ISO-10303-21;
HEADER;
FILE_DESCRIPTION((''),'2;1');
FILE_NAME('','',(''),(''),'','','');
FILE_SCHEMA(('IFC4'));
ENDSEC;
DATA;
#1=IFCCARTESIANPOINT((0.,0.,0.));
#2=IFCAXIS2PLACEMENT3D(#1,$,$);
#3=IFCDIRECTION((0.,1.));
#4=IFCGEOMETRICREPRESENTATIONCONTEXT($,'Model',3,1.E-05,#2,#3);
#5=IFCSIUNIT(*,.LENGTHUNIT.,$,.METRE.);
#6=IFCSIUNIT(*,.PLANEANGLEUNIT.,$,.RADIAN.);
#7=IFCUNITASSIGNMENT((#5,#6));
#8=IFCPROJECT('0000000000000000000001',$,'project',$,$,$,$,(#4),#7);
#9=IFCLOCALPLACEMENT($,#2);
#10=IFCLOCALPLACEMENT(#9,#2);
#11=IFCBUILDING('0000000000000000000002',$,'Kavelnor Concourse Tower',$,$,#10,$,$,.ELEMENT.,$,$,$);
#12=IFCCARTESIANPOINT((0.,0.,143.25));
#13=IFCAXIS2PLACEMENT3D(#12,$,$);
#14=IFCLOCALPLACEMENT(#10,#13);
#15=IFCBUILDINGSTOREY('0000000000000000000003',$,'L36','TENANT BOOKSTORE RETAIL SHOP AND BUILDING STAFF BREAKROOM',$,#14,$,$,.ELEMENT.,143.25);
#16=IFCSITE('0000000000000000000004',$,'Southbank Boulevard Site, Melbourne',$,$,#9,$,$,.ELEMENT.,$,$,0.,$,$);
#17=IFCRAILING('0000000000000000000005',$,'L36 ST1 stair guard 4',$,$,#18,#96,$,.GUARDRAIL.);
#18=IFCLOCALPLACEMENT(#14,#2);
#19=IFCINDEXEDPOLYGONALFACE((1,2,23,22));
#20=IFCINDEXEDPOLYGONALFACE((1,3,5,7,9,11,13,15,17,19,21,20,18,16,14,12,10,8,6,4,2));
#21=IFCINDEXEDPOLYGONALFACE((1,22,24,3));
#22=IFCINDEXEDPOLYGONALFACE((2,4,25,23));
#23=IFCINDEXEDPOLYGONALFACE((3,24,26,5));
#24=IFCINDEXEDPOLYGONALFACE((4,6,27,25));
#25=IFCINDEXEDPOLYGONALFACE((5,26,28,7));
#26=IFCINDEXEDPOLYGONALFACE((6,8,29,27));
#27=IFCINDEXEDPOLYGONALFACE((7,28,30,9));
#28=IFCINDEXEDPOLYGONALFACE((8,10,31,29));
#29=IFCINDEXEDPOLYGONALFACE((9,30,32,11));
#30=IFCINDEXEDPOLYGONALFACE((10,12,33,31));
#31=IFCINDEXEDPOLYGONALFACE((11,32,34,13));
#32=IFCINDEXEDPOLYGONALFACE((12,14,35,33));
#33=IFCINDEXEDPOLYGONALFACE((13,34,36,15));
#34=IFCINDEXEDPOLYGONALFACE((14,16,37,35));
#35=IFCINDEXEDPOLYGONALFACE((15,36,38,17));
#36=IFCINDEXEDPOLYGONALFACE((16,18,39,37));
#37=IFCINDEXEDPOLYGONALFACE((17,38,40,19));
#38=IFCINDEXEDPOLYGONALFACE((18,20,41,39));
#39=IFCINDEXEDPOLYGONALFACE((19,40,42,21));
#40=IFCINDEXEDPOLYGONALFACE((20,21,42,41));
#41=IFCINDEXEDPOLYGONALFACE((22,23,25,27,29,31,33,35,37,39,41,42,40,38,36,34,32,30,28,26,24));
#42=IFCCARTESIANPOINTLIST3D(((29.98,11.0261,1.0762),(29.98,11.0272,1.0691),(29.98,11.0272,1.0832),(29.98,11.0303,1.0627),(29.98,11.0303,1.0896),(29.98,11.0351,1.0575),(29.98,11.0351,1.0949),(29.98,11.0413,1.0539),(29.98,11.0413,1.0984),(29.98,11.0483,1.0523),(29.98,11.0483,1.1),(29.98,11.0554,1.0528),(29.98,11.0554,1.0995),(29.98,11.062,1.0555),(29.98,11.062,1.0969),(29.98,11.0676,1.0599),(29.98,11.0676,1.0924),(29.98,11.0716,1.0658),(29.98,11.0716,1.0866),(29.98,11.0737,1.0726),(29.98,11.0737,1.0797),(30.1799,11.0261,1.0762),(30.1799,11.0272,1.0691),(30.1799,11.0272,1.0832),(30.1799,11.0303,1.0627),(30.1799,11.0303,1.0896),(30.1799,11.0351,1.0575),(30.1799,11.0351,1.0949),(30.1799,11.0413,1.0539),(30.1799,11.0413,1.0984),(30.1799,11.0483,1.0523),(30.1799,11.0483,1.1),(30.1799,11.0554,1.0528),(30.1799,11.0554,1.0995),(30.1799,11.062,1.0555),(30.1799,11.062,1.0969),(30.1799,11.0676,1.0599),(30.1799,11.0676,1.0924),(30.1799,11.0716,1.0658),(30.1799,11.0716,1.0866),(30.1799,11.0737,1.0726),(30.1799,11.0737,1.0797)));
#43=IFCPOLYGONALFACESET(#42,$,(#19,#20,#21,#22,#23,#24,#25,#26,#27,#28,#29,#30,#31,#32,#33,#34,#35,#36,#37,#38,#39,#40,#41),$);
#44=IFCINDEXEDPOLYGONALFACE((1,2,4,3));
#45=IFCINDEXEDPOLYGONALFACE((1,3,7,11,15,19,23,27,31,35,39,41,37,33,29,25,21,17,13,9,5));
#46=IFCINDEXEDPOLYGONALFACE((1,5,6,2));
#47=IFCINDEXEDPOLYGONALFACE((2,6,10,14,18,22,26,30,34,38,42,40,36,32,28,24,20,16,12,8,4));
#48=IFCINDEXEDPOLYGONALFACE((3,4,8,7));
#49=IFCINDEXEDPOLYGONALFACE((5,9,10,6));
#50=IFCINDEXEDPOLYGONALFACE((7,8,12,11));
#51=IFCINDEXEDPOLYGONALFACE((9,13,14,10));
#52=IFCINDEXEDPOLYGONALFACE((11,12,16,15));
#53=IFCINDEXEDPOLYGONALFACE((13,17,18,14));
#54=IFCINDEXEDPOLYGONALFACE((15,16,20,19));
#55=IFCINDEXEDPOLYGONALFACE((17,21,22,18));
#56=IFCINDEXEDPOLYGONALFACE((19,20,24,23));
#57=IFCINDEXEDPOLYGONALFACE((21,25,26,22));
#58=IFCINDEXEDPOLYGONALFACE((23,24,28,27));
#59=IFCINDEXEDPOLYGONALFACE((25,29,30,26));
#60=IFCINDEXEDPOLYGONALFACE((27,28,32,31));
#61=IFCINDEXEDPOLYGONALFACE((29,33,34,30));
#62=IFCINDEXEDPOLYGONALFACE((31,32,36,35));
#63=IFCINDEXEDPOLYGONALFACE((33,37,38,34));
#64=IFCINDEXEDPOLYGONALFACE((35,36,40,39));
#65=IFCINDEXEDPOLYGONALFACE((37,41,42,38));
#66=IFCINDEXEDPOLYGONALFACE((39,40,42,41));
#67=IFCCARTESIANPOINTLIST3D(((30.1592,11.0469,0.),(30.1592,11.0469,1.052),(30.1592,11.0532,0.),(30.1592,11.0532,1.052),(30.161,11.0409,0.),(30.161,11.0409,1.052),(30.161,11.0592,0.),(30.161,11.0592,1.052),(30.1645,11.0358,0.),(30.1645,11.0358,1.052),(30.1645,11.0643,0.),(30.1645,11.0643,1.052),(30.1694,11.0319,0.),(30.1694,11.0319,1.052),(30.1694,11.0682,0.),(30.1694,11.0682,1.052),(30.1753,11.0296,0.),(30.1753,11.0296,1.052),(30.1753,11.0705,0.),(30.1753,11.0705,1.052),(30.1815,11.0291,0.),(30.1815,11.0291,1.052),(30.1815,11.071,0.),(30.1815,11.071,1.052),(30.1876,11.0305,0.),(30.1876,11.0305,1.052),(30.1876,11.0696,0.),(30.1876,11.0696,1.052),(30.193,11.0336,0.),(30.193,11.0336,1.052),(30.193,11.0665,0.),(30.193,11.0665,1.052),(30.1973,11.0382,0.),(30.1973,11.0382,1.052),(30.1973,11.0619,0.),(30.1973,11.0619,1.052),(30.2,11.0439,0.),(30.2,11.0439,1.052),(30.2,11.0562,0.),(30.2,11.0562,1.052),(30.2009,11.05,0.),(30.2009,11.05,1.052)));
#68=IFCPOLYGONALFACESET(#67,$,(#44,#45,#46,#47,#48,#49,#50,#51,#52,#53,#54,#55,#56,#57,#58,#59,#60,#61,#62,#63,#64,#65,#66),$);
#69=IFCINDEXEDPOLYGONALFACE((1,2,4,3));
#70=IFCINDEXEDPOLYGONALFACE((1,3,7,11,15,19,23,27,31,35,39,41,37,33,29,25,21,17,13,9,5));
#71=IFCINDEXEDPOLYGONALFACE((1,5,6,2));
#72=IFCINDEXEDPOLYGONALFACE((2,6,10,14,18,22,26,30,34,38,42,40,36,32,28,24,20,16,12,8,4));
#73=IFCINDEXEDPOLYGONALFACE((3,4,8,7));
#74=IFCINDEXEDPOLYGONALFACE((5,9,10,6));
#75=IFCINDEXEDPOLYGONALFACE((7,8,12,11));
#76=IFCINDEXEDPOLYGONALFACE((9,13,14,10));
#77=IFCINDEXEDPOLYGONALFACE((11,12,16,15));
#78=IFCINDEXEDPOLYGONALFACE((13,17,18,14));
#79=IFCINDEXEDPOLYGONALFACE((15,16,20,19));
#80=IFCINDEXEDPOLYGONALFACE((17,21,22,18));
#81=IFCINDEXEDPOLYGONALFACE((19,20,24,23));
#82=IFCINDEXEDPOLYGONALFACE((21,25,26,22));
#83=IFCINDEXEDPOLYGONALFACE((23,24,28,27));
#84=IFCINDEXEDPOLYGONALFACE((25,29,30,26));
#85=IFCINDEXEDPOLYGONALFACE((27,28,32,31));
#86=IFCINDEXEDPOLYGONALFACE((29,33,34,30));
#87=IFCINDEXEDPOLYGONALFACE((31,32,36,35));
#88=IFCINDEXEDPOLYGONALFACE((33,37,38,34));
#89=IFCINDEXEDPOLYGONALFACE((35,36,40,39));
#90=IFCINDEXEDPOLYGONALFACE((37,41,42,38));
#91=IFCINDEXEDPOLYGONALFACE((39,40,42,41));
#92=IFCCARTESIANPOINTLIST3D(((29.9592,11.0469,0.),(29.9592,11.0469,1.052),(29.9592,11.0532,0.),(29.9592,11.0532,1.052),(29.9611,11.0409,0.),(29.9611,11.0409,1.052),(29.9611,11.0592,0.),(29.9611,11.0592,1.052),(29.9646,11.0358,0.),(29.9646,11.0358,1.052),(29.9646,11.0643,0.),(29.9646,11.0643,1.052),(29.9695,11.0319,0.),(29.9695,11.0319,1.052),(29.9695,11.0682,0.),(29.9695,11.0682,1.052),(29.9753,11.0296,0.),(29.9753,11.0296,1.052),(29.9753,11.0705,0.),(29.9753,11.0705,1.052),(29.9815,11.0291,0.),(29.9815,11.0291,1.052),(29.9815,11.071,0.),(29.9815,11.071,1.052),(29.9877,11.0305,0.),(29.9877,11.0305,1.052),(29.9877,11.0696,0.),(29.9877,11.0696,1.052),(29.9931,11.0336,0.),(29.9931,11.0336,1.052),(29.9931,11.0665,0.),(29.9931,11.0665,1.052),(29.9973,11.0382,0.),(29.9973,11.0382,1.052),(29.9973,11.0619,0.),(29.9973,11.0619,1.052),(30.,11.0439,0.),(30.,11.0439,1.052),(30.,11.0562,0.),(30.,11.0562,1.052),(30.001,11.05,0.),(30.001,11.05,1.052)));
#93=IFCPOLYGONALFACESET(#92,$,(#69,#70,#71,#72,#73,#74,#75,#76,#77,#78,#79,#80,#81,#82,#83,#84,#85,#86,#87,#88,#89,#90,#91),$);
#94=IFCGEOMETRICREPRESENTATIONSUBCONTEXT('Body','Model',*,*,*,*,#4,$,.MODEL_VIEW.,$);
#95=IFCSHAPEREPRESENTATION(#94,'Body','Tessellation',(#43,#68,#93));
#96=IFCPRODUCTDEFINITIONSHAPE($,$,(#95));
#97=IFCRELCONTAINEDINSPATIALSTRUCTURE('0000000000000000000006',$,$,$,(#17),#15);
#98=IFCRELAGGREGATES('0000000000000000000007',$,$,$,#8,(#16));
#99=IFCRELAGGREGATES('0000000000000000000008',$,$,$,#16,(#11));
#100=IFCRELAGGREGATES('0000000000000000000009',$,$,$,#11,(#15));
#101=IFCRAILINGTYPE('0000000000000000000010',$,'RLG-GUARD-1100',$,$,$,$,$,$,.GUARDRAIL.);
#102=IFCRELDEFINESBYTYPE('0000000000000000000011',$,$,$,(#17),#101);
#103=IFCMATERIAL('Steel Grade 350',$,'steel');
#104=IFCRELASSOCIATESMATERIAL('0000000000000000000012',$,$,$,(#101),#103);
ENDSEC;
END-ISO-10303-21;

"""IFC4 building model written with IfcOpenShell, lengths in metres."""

from ifc_helpers import new_model, si_unit, direction, frame, origin, origin_2d, place, context, subcontext, project, spatial, circle, extrude, material, type_object, element, save


model = new_model("IFC4")

# Units and contexts
model_context = context("Model", 3, precision=1e-05, world=origin(), true_north=direction((0.0, 1.0)))
body_context = subcontext(model_context, "Body", "Model", "MODEL_VIEW")
ifc_project = project(units=[si_unit("LENGTHUNIT", "METRE"), si_unit("PLANEANGLEUNIT", "RADIAN")], contexts=[model_context])

# Site, building, storey
site_placement = place(None, origin())
site = spatial("IfcSite", under=ifc_project, at=site_placement, Name="Southbank Boulevard Site, Melbourne", CompositionType="ELEMENT", RefElevation=0.0)
building_placement = place(site_placement, origin())
building = spatial("IfcBuilding", under=site, at=building_placement, Name="Kavelnor Concourse Tower", CompositionType="ELEMENT")
storey_placement = place(building_placement, frame((0.0, 0.0, 143.25)))
storey = spatial("IfcBuildingStorey", under=building, at=storey_placement, Name="L36", Description="TENANT BOOKSTORE RETAIL SHOP AND BUILDING STAFF BREAKROOM", CompositionType="ELEMENT", Elevation=143.25)

# Shared definitions
ifc_material_1 = material(Name="Steel Grade 350", Category="steel")

# Railing
railing_type_1 = type_object("IfcRailingType", Name="RLG-GUARD-1100", PredefinedType="GUARDRAIL", material=ifc_material_1)
railing_1_placement = place(storey_placement, frame((30.1799, 11.05, 0.0)))
element("IfcRailing", 1, at=railing_1_placement, inside=storey, type_object=railing_type_1, Name="L36 ST1 stair guard 4", PredefinedType="GUARDRAIL", context=body_context, shape_type="SweptSolid", body=[
    extrude(circle(Radius=0.0239, at=origin_2d()), frame((0.0, 0.0, 1.0762), z_axis=(-1.0, 0.0, 0.0), x_axis=(0.0, -1.0, 0.0)), (0.0, 0.0, 1.0), 0.2),
    extrude(circle(Radius=0.021, at=origin_2d()), origin(), (0.0, 0.0, 1.0), 1.052),
    extrude(circle(Radius=0.021, at=origin_2d()), frame((-0.2, 0.0, 0.0)), (0.0, 0.0, 1.0), 1.052),
])

save(model, "model.ifc")
